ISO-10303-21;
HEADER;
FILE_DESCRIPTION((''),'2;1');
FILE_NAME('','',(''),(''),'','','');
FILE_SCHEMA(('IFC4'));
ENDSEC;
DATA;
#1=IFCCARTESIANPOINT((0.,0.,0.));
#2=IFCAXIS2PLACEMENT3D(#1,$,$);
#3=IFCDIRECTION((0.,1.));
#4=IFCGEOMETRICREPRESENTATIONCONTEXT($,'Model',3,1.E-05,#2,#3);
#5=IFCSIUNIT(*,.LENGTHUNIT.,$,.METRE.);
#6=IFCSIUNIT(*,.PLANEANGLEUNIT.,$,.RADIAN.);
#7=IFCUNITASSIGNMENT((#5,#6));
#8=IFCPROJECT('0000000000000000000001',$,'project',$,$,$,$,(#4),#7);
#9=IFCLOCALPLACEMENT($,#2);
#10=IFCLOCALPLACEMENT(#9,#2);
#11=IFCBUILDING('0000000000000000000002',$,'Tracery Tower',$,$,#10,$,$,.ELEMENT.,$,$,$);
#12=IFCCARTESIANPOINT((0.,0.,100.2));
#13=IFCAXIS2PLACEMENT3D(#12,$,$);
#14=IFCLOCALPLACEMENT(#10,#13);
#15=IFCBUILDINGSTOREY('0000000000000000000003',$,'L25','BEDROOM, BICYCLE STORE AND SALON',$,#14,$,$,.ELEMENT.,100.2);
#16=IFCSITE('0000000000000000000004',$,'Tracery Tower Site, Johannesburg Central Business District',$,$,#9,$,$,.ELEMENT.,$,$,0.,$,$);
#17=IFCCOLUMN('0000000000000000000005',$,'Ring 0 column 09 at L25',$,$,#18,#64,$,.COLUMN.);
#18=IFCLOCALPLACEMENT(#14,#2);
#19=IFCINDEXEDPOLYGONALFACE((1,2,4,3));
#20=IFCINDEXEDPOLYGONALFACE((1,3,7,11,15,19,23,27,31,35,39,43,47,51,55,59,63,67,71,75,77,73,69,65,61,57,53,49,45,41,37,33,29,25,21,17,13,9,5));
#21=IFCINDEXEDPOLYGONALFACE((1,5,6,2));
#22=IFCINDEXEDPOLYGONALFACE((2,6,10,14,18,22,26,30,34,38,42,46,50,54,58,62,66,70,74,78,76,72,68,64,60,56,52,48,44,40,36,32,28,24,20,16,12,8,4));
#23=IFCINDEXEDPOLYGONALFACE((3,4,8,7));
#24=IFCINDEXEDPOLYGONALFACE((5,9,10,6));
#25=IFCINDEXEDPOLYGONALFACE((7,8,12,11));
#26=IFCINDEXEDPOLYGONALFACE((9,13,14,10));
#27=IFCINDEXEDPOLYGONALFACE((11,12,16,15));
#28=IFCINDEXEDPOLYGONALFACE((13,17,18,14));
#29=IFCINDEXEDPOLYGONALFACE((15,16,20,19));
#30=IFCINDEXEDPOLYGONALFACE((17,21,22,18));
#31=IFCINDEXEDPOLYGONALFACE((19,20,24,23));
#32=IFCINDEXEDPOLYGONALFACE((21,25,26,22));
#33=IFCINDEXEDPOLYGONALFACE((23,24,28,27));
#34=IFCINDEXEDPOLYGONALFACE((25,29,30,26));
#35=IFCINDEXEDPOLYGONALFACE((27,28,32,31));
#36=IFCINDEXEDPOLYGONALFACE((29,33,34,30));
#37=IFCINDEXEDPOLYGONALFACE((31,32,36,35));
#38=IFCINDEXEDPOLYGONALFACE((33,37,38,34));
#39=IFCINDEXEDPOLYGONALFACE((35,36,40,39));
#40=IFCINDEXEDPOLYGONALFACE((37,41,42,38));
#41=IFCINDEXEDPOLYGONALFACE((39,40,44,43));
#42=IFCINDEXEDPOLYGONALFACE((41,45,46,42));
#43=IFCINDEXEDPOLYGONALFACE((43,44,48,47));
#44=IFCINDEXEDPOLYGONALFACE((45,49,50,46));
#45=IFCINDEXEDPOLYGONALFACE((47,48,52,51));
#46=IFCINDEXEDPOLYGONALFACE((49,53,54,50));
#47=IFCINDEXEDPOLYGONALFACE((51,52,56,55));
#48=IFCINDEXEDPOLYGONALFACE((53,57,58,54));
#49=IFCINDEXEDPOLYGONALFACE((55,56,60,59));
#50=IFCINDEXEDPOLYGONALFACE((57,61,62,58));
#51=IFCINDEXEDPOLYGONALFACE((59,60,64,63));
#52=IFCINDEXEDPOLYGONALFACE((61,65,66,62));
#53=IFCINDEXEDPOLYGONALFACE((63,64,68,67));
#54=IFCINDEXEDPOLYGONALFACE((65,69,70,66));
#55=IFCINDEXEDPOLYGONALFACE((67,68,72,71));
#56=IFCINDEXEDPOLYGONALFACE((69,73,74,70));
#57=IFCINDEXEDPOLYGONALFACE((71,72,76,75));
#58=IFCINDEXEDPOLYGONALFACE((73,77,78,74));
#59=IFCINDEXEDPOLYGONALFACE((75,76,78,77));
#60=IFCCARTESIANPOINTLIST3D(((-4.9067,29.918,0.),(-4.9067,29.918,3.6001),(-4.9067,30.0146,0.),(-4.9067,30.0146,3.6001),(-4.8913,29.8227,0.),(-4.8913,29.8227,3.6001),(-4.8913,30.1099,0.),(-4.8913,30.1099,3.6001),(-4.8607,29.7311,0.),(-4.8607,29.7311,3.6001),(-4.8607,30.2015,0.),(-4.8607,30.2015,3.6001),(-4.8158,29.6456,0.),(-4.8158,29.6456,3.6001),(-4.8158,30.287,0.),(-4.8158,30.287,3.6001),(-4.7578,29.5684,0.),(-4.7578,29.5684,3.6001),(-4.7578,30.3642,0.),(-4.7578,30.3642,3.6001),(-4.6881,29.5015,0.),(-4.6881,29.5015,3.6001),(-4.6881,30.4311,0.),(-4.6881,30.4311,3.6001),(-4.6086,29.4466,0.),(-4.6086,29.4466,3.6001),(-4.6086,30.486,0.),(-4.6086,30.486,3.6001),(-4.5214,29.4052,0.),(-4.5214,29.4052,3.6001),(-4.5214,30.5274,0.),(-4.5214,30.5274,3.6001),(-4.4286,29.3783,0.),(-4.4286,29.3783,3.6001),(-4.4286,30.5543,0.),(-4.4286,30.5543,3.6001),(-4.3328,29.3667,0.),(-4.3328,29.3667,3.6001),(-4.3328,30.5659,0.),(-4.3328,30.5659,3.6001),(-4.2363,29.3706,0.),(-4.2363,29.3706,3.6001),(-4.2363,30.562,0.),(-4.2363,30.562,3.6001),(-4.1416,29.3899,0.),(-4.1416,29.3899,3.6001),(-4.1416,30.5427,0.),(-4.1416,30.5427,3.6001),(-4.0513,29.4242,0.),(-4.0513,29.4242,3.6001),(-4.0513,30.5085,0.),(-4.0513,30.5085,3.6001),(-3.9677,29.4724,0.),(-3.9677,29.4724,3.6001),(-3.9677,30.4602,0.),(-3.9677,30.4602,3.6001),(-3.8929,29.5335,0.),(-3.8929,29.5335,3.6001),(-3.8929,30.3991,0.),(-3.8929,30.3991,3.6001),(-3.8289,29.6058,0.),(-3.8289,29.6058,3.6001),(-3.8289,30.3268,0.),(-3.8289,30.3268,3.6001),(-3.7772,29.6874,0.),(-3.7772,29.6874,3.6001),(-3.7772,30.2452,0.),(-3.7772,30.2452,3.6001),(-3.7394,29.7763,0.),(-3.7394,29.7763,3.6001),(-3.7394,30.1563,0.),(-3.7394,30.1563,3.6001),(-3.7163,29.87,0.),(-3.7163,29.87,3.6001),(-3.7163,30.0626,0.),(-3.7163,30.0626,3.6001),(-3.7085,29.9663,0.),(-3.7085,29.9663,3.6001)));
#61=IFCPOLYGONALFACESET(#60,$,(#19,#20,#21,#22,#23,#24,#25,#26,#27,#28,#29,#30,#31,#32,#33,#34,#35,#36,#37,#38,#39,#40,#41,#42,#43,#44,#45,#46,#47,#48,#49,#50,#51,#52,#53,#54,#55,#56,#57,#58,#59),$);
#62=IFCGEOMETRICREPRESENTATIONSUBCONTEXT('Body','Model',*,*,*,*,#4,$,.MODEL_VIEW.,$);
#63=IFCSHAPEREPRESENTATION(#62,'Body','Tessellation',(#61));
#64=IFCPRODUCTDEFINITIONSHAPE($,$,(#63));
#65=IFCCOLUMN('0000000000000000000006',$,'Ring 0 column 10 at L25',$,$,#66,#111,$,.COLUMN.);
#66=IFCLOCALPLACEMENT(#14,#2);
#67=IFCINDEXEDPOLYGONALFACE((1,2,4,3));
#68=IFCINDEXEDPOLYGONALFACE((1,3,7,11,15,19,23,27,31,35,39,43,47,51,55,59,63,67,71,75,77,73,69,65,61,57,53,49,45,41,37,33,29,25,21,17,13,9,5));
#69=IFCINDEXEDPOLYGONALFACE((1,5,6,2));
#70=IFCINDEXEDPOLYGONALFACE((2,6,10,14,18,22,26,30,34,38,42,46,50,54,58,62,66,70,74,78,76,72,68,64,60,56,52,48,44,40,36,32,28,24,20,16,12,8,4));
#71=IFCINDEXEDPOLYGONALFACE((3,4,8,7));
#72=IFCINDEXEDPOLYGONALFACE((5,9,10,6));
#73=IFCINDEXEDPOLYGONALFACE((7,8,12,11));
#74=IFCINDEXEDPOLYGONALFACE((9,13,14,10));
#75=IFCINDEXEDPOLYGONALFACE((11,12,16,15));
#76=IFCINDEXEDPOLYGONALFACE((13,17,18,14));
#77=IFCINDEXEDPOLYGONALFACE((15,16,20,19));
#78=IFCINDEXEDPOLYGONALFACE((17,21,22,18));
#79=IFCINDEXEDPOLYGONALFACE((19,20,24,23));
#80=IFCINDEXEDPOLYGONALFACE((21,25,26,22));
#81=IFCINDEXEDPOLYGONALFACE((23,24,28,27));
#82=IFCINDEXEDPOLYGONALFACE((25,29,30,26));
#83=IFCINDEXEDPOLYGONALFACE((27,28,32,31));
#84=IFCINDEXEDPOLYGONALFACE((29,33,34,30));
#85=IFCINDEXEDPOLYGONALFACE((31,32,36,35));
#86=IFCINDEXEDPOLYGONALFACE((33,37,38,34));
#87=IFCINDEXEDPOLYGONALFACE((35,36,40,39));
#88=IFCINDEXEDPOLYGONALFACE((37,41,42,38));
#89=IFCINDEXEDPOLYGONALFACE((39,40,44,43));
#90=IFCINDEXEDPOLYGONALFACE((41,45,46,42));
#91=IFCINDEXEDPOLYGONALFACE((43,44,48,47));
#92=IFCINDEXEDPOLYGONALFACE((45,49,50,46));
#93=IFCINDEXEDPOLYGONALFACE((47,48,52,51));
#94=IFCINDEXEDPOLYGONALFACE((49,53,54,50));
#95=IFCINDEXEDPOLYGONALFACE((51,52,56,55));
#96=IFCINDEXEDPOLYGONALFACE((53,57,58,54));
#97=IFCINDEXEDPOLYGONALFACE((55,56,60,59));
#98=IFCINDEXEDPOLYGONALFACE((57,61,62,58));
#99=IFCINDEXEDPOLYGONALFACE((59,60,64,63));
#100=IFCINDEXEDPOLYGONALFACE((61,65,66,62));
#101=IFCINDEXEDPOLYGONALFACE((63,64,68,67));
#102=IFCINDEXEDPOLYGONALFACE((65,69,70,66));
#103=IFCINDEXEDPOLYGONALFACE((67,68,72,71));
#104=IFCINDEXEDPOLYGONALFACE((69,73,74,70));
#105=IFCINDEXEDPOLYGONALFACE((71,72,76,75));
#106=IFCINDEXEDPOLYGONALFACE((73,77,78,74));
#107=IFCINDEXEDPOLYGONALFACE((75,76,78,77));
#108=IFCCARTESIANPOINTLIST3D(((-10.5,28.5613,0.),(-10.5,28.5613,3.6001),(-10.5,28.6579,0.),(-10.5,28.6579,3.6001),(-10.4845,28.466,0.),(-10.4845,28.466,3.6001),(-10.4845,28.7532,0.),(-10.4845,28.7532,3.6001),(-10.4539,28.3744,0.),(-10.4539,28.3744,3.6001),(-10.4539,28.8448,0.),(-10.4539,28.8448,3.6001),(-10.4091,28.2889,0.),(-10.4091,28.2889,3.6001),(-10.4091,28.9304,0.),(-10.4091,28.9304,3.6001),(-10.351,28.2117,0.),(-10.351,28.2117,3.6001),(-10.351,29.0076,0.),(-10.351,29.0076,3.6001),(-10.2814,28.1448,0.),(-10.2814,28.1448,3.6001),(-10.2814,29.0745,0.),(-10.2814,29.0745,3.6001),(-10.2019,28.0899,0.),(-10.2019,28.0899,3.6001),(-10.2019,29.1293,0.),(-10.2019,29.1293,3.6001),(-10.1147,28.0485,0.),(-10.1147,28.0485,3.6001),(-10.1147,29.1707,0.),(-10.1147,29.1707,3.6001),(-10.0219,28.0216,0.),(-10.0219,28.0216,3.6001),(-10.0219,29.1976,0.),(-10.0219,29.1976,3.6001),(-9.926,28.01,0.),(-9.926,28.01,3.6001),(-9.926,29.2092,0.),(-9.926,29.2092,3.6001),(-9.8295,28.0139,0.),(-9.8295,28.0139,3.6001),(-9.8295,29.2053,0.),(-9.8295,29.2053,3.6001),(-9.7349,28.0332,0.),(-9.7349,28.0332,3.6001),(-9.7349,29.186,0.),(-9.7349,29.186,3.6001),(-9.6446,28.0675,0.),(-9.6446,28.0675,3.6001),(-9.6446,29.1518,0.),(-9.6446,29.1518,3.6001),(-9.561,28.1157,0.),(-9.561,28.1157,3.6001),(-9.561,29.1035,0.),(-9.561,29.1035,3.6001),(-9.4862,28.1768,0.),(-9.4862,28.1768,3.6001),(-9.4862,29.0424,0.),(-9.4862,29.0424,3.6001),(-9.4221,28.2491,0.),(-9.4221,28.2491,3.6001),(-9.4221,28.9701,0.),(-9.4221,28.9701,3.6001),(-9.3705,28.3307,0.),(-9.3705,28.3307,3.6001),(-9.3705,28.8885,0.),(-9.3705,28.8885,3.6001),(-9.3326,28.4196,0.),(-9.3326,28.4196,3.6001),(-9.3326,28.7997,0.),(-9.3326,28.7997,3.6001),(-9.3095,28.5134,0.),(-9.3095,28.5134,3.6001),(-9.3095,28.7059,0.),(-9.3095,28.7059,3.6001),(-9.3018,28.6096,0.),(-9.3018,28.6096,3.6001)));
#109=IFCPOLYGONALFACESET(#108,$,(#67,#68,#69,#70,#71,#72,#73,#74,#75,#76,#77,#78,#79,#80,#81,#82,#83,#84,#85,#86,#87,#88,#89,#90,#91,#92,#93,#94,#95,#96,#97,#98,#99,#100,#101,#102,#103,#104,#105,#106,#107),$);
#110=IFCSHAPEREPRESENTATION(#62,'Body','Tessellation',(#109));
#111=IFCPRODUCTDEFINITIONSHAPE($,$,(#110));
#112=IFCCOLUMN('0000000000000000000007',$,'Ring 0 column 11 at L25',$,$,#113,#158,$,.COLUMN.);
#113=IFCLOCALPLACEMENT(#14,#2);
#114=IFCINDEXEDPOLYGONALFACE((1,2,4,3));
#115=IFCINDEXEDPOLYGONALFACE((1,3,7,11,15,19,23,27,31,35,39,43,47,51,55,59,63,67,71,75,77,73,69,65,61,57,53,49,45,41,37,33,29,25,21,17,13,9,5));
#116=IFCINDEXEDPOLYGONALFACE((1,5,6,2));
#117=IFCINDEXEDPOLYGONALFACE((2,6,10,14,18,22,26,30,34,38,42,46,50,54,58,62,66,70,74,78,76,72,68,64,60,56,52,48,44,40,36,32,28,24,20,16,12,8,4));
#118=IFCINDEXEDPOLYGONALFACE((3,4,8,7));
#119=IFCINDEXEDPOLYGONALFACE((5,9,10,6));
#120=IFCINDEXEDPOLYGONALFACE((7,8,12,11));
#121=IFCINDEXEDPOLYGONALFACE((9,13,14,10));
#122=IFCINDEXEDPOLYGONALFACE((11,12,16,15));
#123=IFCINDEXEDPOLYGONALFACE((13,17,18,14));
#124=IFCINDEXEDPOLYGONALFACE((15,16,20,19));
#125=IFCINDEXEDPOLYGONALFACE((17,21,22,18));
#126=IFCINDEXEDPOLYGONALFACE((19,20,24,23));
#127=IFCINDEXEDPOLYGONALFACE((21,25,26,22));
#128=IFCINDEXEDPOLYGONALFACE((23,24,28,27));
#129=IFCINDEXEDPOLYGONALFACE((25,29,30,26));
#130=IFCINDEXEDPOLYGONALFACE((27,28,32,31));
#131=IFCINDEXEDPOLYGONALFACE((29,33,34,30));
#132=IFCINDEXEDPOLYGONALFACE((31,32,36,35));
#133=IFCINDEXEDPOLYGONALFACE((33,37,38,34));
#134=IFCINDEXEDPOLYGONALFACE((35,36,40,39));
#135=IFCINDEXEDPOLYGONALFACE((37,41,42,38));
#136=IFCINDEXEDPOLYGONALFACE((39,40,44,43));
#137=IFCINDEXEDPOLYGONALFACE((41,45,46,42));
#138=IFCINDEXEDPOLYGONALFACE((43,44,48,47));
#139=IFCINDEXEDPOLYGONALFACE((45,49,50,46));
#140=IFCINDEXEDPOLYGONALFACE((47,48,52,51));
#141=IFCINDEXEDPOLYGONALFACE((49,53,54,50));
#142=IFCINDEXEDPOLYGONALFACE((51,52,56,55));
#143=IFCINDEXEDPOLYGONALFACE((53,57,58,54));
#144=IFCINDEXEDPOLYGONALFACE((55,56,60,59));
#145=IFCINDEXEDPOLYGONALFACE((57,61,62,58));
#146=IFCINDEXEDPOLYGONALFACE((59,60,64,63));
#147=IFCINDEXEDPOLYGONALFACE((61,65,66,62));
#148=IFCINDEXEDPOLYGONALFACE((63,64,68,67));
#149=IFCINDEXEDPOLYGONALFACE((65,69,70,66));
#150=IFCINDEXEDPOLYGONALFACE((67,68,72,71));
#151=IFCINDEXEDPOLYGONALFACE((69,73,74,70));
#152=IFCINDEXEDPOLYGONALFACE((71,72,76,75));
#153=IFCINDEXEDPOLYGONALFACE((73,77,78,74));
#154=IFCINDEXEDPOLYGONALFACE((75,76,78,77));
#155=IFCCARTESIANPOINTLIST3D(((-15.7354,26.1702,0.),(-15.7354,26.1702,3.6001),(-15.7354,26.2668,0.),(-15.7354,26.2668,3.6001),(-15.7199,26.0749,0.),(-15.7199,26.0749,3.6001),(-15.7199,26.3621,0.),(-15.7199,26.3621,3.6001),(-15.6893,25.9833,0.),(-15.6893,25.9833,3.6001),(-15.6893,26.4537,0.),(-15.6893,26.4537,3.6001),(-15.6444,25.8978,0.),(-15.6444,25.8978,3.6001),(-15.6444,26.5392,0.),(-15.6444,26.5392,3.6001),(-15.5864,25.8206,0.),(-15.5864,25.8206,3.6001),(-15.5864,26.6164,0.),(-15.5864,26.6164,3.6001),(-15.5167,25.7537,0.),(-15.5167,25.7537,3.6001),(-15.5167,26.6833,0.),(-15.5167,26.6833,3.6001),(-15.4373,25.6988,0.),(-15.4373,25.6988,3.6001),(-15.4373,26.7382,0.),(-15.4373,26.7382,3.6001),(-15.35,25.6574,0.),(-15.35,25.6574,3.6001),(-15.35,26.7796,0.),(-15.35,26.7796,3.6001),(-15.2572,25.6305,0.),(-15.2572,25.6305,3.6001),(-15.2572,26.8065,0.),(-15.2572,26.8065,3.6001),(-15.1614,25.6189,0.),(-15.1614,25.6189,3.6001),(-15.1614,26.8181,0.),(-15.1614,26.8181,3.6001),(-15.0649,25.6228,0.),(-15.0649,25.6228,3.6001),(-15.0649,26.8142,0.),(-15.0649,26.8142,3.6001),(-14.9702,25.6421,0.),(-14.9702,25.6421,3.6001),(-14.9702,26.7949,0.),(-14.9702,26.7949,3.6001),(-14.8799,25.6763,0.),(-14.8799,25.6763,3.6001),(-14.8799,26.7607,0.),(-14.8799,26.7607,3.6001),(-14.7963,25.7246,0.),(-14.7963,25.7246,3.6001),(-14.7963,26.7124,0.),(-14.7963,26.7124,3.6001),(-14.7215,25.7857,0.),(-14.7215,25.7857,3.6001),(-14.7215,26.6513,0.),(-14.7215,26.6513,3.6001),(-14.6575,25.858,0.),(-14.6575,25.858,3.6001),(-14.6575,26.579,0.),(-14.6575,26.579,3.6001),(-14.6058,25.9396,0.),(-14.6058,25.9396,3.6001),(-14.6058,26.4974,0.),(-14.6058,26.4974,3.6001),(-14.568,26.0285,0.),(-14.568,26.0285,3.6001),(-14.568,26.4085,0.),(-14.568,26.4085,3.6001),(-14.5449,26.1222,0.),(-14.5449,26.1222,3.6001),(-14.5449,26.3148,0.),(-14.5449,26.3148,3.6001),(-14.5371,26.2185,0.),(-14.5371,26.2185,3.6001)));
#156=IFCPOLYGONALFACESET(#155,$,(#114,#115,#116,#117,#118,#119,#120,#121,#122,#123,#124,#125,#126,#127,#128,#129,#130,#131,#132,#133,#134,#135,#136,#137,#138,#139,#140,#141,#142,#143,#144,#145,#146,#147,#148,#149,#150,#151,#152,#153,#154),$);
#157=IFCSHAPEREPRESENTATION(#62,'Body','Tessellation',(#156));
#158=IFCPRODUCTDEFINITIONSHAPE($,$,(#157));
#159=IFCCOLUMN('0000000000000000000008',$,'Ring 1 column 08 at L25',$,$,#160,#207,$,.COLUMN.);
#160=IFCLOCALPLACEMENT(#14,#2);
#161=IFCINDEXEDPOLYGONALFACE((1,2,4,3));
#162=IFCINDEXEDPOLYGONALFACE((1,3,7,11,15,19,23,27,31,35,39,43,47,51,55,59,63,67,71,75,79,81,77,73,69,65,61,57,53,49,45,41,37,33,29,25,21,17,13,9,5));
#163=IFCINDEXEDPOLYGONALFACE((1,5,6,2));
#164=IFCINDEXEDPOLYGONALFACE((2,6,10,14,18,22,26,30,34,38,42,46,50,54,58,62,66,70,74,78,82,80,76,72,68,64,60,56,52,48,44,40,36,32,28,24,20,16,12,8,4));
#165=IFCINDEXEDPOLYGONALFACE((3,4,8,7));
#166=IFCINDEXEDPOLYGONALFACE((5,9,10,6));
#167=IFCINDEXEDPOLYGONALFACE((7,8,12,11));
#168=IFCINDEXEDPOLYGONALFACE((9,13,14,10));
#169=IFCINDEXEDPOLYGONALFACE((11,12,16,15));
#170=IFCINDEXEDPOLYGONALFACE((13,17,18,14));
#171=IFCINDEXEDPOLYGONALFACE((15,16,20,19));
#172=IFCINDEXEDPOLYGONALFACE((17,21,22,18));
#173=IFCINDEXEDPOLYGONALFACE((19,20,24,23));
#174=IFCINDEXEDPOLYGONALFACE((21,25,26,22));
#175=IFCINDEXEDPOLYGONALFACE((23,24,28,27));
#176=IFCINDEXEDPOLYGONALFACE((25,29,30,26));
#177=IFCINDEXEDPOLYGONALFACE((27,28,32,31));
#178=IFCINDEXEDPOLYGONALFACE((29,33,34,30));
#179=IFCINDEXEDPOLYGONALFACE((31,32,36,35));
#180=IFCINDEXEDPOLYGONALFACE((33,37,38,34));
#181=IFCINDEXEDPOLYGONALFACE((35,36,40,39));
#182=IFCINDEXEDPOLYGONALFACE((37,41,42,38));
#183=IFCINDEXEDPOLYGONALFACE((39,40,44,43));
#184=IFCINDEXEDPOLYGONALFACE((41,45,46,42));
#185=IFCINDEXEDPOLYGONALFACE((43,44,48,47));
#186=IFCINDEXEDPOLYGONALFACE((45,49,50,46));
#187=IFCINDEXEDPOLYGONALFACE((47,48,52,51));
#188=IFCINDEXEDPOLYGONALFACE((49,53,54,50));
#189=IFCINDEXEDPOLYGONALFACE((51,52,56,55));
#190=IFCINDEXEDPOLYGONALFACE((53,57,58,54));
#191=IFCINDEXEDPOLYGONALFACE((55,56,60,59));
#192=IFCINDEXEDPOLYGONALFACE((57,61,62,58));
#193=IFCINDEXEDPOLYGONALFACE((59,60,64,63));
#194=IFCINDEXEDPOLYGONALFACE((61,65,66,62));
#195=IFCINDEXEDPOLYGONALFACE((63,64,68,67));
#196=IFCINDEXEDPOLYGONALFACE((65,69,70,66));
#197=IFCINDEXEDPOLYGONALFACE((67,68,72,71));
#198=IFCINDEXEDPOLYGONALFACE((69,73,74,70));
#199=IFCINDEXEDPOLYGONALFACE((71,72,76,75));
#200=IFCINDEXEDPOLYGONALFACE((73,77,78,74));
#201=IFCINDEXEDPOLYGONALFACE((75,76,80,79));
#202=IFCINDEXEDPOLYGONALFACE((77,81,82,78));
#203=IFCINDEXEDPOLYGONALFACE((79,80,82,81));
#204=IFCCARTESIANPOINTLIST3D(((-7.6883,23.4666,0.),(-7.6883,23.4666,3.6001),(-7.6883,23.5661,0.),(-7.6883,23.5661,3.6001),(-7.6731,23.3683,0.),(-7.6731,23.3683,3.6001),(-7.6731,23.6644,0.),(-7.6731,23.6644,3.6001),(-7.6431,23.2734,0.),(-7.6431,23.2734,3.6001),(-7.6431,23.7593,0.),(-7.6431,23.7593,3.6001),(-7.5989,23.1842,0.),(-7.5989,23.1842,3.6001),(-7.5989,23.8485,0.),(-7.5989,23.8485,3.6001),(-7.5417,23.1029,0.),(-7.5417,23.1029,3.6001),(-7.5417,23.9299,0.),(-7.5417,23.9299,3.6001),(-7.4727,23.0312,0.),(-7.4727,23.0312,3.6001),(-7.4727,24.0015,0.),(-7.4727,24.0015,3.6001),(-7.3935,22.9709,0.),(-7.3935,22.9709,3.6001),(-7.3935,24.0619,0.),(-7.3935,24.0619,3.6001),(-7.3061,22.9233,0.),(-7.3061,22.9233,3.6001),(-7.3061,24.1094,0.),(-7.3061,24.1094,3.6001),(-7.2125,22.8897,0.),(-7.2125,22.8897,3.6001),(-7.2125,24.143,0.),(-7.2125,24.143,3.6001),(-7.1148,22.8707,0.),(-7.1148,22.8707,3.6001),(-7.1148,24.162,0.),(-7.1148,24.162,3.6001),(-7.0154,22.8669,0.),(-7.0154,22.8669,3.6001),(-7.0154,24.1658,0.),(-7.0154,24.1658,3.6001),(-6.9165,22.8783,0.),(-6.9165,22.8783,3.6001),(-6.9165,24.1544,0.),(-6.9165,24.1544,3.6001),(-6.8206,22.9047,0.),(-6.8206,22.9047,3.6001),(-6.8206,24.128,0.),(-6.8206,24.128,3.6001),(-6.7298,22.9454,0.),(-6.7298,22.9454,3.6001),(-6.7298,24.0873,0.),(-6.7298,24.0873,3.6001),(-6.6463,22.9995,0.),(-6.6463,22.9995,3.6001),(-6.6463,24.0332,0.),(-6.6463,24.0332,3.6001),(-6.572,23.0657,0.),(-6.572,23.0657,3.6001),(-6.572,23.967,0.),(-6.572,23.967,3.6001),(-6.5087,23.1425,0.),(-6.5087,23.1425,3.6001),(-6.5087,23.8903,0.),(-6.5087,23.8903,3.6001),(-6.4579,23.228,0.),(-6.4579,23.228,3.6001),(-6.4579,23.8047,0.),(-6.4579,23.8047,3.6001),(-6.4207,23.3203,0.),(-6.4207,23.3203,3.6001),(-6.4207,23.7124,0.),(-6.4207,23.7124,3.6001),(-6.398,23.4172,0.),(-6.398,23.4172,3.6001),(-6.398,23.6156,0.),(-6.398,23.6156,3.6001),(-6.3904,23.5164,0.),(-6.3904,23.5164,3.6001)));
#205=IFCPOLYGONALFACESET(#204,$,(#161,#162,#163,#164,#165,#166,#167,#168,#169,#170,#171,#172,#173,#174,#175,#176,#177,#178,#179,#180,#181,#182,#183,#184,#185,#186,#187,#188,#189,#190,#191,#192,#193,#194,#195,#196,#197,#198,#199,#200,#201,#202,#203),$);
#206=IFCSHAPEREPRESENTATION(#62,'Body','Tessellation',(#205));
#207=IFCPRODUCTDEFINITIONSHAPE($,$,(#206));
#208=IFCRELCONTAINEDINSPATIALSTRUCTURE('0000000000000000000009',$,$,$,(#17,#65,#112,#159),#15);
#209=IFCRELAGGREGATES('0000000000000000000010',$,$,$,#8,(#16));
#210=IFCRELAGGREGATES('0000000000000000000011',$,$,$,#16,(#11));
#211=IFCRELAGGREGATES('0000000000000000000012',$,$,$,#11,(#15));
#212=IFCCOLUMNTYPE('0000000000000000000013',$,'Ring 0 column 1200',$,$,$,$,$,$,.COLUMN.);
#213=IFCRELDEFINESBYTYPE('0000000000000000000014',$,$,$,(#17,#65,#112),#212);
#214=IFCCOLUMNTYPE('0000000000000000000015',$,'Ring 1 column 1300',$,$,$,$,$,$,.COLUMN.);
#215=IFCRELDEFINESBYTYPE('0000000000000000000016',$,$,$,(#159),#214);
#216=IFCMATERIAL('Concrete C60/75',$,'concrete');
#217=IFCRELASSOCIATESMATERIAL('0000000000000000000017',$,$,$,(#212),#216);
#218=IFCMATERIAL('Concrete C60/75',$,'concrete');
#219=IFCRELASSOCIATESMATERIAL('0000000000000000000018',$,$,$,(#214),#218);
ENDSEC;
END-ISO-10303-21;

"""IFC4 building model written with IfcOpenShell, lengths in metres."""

from ifc_helpers import new_model, si_unit, direction, frame, origin, origin_2d, place, context, subcontext, project, spatial, circle, extrude, material, material_profile, profile_set, type_object, element, save


model = new_model("IFC4")

# Units and contexts
model_context = context("Model", 3, precision=1e-05, world=origin(), true_north=direction((0.0, 1.0)))
body_context = subcontext(model_context, "Body", "Model", "MODEL_VIEW")
ifc_project = project(units=[si_unit("LENGTHUNIT", "METRE"), si_unit("PLANEANGLEUNIT", "RADIAN")], contexts=[model_context])

# Site, building, storey
site_placement = place(None, origin())
site = spatial("IfcSite", under=ifc_project, at=site_placement, Name="Tracery Tower Site, Johannesburg Central Business District", CompositionType="ELEMENT", RefElevation=0.0)
building_placement = place(site_placement, origin())
building = spatial("IfcBuilding", under=site, at=building_placement, Name="Tracery Tower", CompositionType="ELEMENT")
storey_placement = place(building_placement, frame((0.0, 0.0, 100.2)))
storey = spatial("IfcBuildingStorey", under=building, at=storey_placement, Name="L25", Description="BEDROOM, BICYCLE STORE AND SALON", CompositionType="ELEMENT", Elevation=100.2)

# Columns
ifc_material_1 = material(Name="Concrete C60/75", Category="concrete")
ifc_material_profile_1 = material_profile(ifc_material_1, circle(Radius=0.6001, at=origin_2d()), Name="RC D1200")
ifc_profile_set_1 = profile_set([ifc_material_profile_1], Name="Concrete C60/75")
column_type_1 = type_object("IfcColumnType", Name="Ring 0 column 1200", PredefinedType="COLUMN", material=ifc_profile_set_1)
for number, where, z_axis, x_axis, name in (
    (1, (-4.3086, 29.9663, 0.0), (0.0, 0.0, 1.0), (1.0, 0.0, 0.0), "Ring 0 column 09 at L25"),
    (2, (-9.9019, 28.6096, 0.0), (0.0, 0.0, 1.0), (1.0, 0.0, 0.0), "Ring 0 column 10 at L25"),
    (3, (-15.1372, 26.2185, 0.0), (0.0, 0.0, 1.0), (1.0, 0.0, 0.0), "Ring 0 column 11 at L25"),
):
    element("IfcColumn", number, at=place(storey_placement, frame(where, z_axis=z_axis, x_axis=x_axis)), inside=storey, type_object=column_type_1, Name=name, PredefinedType="COLUMN", context=body_context, shape_type="SweptSolid", body=[
        extrude(circle(Radius=0.6001, at=origin_2d()), origin(), (0.0, 0.0, 1.0), 3.6001),
    ])
ifc_material_2 = material(Name="Concrete C60/75", Category="concrete")
ifc_material_profile_2 = material_profile(ifc_material_2, circle(Radius=0.6499, at=origin_2d()), Name="RC D1300")
ifc_profile_set_2 = profile_set([ifc_material_profile_2], Name="Concrete C60/75")
column_type_2 = type_object("IfcColumnType", Name="Ring 1 column 1300", PredefinedType="COLUMN", material=ifc_profile_set_2)
for number, where, z_axis, x_axis, name in (
    (4, (-7.0403, 23.5164, 0.0), (0.0, 0.0, 1.0), (1.0, 0.0, 0.0), "Ring 1 column 08 at L25"),
):
    element("IfcColumn", number, at=place(storey_placement, frame(where, z_axis=z_axis, x_axis=x_axis)), inside=storey, type_object=column_type_2, Name=name, PredefinedType="COLUMN", context=body_context, shape_type="SweptSolid", body=[
        extrude(circle(Radius=0.6499, at=origin_2d()), origin(), (0.0, 0.0, 1.0), 3.6001),
    ])

save(model, "model.ifc")
